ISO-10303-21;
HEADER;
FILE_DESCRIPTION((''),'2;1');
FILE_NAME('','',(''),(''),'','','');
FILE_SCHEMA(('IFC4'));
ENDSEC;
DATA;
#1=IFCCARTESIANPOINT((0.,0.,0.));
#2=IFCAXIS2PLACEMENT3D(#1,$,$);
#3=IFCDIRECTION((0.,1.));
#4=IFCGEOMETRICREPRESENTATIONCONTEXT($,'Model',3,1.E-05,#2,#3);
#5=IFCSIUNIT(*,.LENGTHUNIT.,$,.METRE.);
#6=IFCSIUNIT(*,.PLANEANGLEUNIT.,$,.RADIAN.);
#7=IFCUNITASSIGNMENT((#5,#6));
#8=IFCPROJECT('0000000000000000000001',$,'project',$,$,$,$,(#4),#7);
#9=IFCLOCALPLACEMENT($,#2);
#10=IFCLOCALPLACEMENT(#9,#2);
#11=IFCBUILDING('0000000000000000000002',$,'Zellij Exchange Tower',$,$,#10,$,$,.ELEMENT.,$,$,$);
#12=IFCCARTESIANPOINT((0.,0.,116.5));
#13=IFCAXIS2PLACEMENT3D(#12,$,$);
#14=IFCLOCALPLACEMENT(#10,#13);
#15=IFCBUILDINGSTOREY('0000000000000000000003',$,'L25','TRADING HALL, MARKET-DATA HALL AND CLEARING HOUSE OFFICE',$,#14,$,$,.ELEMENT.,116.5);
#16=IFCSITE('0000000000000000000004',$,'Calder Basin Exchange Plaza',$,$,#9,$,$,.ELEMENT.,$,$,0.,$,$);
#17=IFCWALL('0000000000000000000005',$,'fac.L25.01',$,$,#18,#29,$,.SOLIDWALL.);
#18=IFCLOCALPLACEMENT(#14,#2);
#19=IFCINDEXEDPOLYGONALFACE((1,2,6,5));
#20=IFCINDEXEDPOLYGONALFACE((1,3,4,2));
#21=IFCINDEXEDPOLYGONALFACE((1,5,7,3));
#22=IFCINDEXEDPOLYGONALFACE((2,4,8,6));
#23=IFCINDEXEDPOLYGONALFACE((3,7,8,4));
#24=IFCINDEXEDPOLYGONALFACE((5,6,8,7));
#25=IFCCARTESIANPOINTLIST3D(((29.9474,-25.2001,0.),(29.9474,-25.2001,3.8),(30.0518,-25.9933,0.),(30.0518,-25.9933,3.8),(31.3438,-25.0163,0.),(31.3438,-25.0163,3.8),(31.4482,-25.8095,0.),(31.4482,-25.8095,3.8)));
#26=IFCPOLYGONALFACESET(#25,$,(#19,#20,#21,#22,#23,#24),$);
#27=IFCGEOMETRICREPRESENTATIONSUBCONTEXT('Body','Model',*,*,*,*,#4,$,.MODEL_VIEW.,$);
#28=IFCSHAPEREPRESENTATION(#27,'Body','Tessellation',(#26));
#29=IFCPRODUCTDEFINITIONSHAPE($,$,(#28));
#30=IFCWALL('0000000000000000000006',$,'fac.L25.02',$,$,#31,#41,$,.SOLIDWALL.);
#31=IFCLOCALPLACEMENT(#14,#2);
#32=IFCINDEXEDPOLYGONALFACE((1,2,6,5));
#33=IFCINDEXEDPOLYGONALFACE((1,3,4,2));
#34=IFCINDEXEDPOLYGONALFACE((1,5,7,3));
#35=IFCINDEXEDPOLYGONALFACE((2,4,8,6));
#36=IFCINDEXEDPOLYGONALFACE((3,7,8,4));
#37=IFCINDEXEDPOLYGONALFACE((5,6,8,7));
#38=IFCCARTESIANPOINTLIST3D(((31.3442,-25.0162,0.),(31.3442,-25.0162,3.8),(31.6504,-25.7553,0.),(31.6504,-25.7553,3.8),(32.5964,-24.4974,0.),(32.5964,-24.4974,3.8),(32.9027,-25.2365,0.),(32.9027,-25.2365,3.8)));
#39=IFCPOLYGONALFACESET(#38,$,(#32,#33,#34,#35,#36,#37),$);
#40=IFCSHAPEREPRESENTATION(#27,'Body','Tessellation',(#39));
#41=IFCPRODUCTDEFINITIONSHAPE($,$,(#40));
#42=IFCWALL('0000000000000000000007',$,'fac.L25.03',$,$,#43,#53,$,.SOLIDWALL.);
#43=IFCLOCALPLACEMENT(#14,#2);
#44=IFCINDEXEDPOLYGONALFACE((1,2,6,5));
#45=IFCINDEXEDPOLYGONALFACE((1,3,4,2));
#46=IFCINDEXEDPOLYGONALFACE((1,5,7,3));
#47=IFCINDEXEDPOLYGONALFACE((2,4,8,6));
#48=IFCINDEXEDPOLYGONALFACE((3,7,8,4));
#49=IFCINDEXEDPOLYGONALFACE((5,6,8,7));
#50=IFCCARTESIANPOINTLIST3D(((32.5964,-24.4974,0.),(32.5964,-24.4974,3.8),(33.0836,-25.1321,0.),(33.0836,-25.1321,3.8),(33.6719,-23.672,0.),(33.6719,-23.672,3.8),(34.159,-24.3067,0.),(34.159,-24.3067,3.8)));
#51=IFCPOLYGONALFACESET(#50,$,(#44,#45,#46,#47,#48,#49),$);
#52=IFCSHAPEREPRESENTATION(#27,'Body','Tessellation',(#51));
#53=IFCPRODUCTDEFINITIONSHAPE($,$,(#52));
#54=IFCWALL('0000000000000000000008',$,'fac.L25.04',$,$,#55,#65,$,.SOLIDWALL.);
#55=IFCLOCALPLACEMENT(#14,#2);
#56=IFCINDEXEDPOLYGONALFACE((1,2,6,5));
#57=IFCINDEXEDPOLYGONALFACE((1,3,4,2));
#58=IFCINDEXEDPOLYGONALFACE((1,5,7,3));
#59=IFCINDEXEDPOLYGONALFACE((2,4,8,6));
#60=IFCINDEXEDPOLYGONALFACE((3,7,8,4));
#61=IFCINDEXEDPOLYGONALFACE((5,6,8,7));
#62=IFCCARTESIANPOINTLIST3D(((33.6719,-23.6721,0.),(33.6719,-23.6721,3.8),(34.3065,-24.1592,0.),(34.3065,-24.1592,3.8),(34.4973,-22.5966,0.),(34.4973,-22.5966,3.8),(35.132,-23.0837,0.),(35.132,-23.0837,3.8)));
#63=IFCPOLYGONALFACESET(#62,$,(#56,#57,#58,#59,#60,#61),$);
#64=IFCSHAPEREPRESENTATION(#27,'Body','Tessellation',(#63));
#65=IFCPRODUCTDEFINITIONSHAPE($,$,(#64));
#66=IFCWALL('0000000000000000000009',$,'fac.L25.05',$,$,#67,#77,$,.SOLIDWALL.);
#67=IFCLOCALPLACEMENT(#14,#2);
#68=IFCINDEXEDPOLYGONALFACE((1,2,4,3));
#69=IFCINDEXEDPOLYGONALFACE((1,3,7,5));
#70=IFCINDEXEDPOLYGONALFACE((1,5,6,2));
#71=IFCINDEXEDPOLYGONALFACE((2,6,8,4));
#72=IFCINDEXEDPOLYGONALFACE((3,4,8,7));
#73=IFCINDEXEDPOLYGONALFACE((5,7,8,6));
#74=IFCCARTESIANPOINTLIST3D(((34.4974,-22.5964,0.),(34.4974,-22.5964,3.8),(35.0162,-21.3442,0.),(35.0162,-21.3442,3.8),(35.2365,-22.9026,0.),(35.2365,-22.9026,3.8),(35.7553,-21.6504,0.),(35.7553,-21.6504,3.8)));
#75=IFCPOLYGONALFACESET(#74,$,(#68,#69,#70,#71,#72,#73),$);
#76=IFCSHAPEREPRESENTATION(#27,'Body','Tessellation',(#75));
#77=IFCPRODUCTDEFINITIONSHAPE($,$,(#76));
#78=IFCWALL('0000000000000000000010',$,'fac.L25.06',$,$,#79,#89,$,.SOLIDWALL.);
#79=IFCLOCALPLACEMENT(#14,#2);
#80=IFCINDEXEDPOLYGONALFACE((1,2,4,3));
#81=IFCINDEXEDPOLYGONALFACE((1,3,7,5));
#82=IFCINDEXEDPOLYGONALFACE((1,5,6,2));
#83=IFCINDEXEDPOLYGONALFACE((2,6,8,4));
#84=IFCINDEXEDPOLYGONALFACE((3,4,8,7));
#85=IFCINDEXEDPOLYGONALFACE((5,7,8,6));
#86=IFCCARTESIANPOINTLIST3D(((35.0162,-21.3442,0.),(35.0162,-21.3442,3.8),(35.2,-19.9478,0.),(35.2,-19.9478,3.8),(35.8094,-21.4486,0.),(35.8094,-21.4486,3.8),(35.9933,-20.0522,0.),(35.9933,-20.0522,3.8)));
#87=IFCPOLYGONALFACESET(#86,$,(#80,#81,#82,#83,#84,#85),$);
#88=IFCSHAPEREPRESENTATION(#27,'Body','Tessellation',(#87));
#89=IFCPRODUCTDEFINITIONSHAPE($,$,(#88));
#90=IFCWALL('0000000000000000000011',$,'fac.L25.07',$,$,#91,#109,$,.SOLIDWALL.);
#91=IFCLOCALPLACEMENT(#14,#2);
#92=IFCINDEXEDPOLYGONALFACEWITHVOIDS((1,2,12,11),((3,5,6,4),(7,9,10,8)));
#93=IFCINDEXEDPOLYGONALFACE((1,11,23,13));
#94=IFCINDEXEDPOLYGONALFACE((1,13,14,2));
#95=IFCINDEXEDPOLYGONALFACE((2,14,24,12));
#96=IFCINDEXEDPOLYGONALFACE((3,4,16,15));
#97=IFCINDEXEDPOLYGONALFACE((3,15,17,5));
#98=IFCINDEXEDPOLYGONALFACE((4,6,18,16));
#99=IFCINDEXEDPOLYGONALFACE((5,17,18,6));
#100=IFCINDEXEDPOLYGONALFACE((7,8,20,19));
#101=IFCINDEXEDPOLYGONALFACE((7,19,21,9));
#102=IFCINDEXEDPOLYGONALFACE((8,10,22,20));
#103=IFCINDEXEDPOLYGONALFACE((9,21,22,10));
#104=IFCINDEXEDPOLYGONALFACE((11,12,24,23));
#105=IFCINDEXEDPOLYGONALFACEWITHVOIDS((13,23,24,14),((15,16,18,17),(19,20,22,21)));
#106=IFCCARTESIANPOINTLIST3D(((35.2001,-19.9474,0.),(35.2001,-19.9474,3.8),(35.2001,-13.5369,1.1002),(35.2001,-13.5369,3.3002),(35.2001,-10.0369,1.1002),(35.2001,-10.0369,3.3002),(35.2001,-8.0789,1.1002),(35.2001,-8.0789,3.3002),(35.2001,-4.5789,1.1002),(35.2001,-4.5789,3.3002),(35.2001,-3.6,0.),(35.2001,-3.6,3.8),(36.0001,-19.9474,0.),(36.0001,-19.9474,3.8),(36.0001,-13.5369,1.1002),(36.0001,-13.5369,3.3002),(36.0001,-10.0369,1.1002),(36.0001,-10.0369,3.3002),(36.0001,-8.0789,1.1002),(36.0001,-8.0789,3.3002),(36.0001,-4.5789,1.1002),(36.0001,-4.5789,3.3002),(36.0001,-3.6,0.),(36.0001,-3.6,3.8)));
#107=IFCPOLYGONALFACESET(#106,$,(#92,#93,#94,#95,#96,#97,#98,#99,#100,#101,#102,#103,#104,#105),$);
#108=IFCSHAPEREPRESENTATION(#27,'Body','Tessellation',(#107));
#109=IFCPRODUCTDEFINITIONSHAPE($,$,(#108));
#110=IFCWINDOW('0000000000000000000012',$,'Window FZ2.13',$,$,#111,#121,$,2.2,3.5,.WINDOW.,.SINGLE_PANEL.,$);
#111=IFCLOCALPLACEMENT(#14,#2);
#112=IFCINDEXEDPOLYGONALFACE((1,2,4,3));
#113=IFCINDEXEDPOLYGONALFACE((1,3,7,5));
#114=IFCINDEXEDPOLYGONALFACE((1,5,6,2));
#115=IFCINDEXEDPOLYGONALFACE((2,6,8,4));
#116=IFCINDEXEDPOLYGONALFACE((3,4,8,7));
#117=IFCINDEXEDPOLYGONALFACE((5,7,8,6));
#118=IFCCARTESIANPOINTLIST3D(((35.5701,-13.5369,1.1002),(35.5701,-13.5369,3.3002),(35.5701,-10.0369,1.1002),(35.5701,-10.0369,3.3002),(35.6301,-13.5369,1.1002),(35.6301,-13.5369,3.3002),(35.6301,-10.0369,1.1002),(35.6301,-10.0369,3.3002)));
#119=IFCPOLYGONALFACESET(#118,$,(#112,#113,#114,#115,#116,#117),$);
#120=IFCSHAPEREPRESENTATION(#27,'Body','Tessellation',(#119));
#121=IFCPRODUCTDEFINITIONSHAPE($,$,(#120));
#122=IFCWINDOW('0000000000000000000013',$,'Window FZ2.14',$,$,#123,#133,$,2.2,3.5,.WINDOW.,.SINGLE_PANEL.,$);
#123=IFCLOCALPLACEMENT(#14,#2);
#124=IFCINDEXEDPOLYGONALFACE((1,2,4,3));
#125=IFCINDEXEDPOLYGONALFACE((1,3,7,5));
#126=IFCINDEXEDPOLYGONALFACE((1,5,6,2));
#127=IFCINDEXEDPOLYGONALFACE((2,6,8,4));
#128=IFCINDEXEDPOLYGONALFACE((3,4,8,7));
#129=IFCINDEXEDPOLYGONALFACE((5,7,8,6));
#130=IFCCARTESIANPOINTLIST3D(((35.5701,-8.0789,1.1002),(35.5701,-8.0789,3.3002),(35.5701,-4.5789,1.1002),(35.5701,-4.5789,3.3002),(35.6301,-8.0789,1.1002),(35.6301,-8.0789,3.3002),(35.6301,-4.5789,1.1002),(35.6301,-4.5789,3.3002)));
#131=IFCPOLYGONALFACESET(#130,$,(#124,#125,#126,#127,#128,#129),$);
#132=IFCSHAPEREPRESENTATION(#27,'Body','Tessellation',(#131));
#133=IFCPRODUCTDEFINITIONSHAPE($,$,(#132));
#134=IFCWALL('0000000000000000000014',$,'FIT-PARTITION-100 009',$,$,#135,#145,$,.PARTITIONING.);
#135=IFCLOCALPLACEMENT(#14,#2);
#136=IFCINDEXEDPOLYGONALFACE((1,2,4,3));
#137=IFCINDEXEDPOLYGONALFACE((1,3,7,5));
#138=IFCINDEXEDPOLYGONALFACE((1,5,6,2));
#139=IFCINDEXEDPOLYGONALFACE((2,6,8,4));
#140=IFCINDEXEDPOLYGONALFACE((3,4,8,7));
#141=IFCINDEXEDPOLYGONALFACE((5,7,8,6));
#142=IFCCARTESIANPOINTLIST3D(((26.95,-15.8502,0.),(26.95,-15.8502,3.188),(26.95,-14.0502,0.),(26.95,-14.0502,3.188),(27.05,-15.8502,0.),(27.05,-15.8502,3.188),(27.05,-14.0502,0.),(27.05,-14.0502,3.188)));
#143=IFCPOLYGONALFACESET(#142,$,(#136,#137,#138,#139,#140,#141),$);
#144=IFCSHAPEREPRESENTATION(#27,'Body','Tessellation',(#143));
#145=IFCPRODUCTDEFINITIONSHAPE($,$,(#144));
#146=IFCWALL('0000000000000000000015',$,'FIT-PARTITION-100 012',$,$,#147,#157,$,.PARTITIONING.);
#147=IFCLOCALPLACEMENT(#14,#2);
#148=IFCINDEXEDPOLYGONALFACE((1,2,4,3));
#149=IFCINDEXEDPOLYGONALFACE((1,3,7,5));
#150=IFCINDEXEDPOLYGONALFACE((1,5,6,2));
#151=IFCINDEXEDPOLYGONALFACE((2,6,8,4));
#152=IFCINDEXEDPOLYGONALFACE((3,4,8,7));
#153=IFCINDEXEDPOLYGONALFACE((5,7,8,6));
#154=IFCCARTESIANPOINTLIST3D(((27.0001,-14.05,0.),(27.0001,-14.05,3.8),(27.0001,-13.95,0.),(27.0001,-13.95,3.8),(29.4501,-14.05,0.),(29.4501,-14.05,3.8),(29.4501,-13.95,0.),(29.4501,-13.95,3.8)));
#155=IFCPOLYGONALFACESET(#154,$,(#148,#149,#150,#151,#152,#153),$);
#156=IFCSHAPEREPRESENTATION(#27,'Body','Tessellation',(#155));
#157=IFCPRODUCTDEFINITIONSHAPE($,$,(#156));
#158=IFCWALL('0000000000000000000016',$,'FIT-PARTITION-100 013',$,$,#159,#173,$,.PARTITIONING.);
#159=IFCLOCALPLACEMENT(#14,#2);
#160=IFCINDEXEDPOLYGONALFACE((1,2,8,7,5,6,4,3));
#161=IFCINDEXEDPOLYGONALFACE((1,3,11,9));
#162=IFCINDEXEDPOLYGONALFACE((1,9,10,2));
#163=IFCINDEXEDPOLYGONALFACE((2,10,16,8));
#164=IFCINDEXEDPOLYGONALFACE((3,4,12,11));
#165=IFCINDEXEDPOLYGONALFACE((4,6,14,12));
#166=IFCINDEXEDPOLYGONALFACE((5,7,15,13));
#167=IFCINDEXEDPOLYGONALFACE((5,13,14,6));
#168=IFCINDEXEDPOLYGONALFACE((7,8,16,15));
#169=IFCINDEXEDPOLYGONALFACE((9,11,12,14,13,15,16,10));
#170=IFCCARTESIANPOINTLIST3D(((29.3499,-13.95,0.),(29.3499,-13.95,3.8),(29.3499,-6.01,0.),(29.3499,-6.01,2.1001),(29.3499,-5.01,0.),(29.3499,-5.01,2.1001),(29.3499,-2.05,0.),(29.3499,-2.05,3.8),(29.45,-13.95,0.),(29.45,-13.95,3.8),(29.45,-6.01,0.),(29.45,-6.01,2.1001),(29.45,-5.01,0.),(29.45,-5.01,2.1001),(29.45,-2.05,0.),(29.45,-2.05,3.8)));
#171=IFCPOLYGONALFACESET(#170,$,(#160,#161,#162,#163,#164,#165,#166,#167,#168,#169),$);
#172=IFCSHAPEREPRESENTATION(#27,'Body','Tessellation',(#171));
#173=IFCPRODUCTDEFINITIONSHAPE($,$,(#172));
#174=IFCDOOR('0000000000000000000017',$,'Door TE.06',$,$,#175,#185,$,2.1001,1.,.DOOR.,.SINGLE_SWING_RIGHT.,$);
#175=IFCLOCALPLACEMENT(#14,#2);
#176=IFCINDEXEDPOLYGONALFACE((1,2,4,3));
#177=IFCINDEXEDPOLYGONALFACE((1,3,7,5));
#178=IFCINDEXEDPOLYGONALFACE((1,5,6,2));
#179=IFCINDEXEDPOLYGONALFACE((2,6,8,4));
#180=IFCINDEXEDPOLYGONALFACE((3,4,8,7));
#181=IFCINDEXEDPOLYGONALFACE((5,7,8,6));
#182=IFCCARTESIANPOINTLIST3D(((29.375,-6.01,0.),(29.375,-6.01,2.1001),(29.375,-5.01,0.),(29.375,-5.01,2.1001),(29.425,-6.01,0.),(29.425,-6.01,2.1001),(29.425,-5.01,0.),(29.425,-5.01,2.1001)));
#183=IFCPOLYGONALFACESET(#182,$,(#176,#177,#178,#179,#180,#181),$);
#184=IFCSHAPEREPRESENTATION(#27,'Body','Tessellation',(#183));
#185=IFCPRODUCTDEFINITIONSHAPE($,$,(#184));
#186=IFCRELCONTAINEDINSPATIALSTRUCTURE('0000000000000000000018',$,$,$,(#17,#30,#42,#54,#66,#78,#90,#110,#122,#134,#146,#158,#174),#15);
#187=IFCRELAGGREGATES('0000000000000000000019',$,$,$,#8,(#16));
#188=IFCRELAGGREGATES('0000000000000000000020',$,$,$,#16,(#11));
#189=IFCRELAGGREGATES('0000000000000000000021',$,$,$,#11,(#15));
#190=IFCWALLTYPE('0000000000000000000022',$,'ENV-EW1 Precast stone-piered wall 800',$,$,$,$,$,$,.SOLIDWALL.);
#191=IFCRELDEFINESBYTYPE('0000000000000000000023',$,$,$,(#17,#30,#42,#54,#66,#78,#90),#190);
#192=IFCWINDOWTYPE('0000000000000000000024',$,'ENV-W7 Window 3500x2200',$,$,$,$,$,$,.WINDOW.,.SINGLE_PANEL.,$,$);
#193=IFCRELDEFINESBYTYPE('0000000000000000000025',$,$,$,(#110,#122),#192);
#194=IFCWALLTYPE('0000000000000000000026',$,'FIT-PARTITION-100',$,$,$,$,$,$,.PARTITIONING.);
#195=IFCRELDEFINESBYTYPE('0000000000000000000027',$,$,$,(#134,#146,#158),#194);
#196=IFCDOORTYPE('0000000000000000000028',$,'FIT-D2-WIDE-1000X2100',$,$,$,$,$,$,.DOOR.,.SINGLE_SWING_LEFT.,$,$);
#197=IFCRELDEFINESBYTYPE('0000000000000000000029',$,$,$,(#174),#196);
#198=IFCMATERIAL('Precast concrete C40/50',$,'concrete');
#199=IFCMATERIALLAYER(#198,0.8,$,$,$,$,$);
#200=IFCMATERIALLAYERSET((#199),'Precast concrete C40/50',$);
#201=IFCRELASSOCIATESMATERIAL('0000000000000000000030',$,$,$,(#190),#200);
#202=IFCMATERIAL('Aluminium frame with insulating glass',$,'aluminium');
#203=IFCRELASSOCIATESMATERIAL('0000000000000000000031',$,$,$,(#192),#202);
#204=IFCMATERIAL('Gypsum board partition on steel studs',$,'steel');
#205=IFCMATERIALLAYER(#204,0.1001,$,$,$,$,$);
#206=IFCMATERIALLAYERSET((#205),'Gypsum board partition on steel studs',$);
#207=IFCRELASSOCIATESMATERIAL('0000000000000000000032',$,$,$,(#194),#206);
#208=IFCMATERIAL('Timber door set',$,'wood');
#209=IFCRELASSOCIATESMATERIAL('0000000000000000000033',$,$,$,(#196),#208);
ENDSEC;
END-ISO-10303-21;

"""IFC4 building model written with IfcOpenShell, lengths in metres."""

from ifc_helpers import new_model, si_unit, direction, frame, frame_2d, origin, place, context, subcontext, project, spatial, rectangle, extrude, material, layer, layer_set, type_object, element, fill, save


model = new_model("IFC4")

# Units and contexts
model_context = context("Model", 3, precision=1e-05, world=origin(), true_north=direction((0.0, 1.0)))
body_context = subcontext(model_context, "Body", "Model", "MODEL_VIEW")
ifc_project = project(units=[si_unit("LENGTHUNIT", "METRE"), si_unit("PLANEANGLEUNIT", "RADIAN")], contexts=[model_context])

# Site, building, storey
site_placement = place(None, origin())
site = spatial("IfcSite", under=ifc_project, at=site_placement, Name="Calder Basin Exchange Plaza", CompositionType="ELEMENT", RefElevation=0.0)
building_placement = place(site_placement, origin())
building = spatial("IfcBuilding", under=site, at=building_placement, Name="Zellij Exchange Tower", CompositionType="ELEMENT")
storey_placement = place(building_placement, frame((0.0, 0.0, 116.5)))
storey = spatial("IfcBuildingStorey", under=building, at=storey_placement, Name="L25", Description="TRADING HALL, MARKET-DATA HALL AND CLEARING HOUSE OFFICE", CompositionType="ELEMENT", Elevation=116.5)

# Walls
ifc_material_1 = material(Name="Precast concrete C40/50", Category="concrete")
ifc_layer_1 = layer(ifc_material_1, 0.8)
ifc_layer_set_1 = layer_set([ifc_layer_1], Name="Precast concrete C40/50")
wall_type_1 = type_object("IfcWallType", Name="ENV-EW1 Precast stone-piered wall 800", PredefinedType="SOLIDWALL", material=ifc_layer_set_1)
wall_1_placement = place(storey_placement, frame((29.9998, -25.5967, 0.0), z_axis=(0.0, 0.0, 1.0), x_axis=(0.991446, 0.130517, 0.0)))
element("IfcWall", 1, at=wall_1_placement, inside=storey, type_object=wall_type_1, Name="fac.L25.01", PredefinedType="SOLIDWALL", context=body_context, shape_type="SweptSolid", body=[
    extrude(rectangle(XDim=1.4084, YDim=0.8, at=frame_2d((0.7041, 0.0))), origin(), (0.0, 0.0, 1.0), 3.8),
])
wall_2_placement = place(storey_placement, frame((31.4973, -25.3857, 0.0), z_axis=(0.0, 0.0, 1.0), x_axis=(0.923848, 0.38276, 0.0)))
element("IfcWall", 2, at=wall_2_placement, inside=storey, type_object=wall_type_1, Name="fac.L25.02", PredefinedType="SOLIDWALL", context=body_context, shape_type="SweptSolid", body=[
    extrude(rectangle(XDim=1.3555, YDim=0.8, at=frame_2d((0.6777, 0.0))), origin(), (0.0, 0.0, 1.0), 3.8),
])
for number, where, z_axis, x_axis, name in (
    (3, (32.8401, -24.8147, 0.0), (0.0, 0.0, 1.0), (0.793273, 0.608866, 0.0), "fac.L25.03"),
    (4, (33.9893, -23.9155, 0.0), (0.0, 0.0, 1.0), (0.608866, 0.793273, 0.0), "fac.L25.04"),
):
    element("IfcWall", number, at=place(storey_placement, frame(where, z_axis=z_axis, x_axis=x_axis)), inside=storey, type_object=wall_type_1, Name=name, PredefinedType="SOLIDWALL", context=body_context, shape_type="SweptSolid", body=[
        extrude(rectangle(XDim=1.3557, YDim=0.8, at=frame_2d((0.6777, 0.0))), origin(), (0.0, 0.0, 1.0), 3.8),
    ])
wall_3_placement = place(storey_placement, frame((34.8669, -22.7495, 0.0), z_axis=(0.0, 0.0, 1.0), x_axis=(0.38276, 0.923848, 0.0)))
element("IfcWall", 5, at=wall_3_placement, inside=storey, type_object=wall_type_1, Name="fac.L25.05", PredefinedType="SOLIDWALL", context=body_context, shape_type="SweptSolid", body=[
    extrude(rectangle(XDim=1.3555, YDim=0.8, at=frame_2d((0.6777, 0.0))), origin(), (0.0, 0.0, 1.0), 3.8),
])
wall_4_placement = place(storey_placement, frame((35.4128, -21.3962, 0.0), z_axis=(0.0, 0.0, 1.0), x_axis=(0.130517, 0.991446, 0.0)))
element("IfcWall", 6, at=wall_4_placement, inside=storey, type_object=wall_type_1, Name="fac.L25.06", PredefinedType="SOLIDWALL", context=body_context, shape_type="SweptSolid", body=[
    extrude(rectangle(XDim=1.4084, YDim=0.8, at=frame_2d((0.7041, 0.0))), origin(), (0.0, 0.0, 1.0), 3.8),
])

# Wall, openings, windows
wall_5_placement = place(storey_placement, frame((35.6001, -19.9475, 0.0), z_axis=(0.0, 0.0, 1.0), x_axis=(0.0, 1.0, 0.0)))
wall_5 = element("IfcWall", 7, at=wall_5_placement, inside=storey, type_object=wall_type_1, Name="fac.L25.07", PredefinedType="SOLIDWALL", context=body_context, shape_type="SweptSolid", body=[
    extrude(rectangle(XDim=16.3474, YDim=0.8, at=frame_2d((8.1738, 0.0))), origin(), (0.0, 0.0, 1.0), 3.8),
])
opening_1_placement = place(wall_5_placement, frame((6.4106, 0.0, 1.1001)))
opening_1 = element("IfcOpeningElement", 8, at=opening_1_placement, cuts=wall_5, PredefinedType="OPENING", context=body_context, shape_type="SweptSolid", body=[
    extrude(rectangle(XDim=3.5, YDim=2.2, at=frame_2d((1.75, 1.1001))), frame((0.0, 0.4121, 0.0), z_axis=(0.0, -1.0, 0.0), x_axis=(1.0, 0.0, 0.0)), (0.0, 0.0, 1.0), 0.824),
])
opening_2_placement = place(wall_5_placement, frame((11.8687, 0.0, 1.1001)))
opening_2 = element("IfcOpeningElement", 9, at=opening_2_placement, cuts=wall_5, PredefinedType="OPENING", context=body_context, shape_type="SweptSolid", body=[
    extrude(rectangle(XDim=3.5, YDim=2.2, at=frame_2d((1.75, 1.1001))), frame((0.0, 0.4121, 0.0), z_axis=(0.0, -1.0, 0.0), x_axis=(1.0, 0.0, 0.0)), (0.0, 0.0, 1.0), 0.824),
])
ifc_material_2 = material(Name="Aluminium frame with insulating glass", Category="aluminium")
window_type = type_object("IfcWindowType", Name="ENV-W7 Window 3500x2200", PartitioningType="SINGLE_PANEL", PredefinedType="WINDOW", material=ifc_material_2)
window_1_placement = place(opening_1_placement, origin())
window_1 = element("IfcWindow", 10, at=window_1_placement, inside=storey, type_object=window_type, Name="Window FZ2.13", OverallHeight=2.2, OverallWidth=3.5, PartitioningType="SINGLE_PANEL", PredefinedType="WINDOW", context=body_context, shape_type="SweptSolid", body=[
    extrude(rectangle(XDim=3.5, YDim=2.2, at=frame_2d((1.75, 1.1001))), frame((0.0, 0.03, 0.0), z_axis=(0.0, -1.0, 0.0), x_axis=(1.0, 0.0, 0.0)), (0.0, 0.0, 1.0), 0.0601),
])
fill(opening_1, window_1)
window_2_placement = place(opening_2_placement, origin())
window_2 = element("IfcWindow", 11, at=window_2_placement, inside=storey, type_object=window_type, Name="Window FZ2.14", OverallHeight=2.2, OverallWidth=3.5, PartitioningType="SINGLE_PANEL", PredefinedType="WINDOW", context=body_context, shape_type="SweptSolid", body=[
    extrude(rectangle(XDim=3.5, YDim=2.2, at=frame_2d((1.75, 1.1001))), frame((0.0, 0.03, 0.0), z_axis=(0.0, -1.0, 0.0), x_axis=(1.0, 0.0, 0.0)), (0.0, 0.0, 1.0), 0.0601),
])
fill(opening_2, window_2)

# Walls
ifc_material_3 = material(Name="Gypsum board partition on steel studs", Category="steel")
ifc_layer_2 = layer(ifc_material_3, 0.1001)
ifc_layer_set_2 = layer_set([ifc_layer_2], Name="Gypsum board partition on steel studs")
wall_type_2 = type_object("IfcWallType", Name="FIT-PARTITION-100", PredefinedType="PARTITIONING", material=ifc_layer_set_2)
wall_6_placement = place(storey_placement, frame((27.0, -15.8501, 0.0), z_axis=(0.0, 0.0, 1.0), x_axis=(0.0, 1.0, 0.0)))
element("IfcWall", 12, at=wall_6_placement, inside=storey, type_object=wall_type_2, Name="FIT-PARTITION-100 009", PredefinedType="PARTITIONING", context=body_context, shape_type="SweptSolid", body=[
    extrude(rectangle(XDim=1.8, YDim=0.1001, at=frame_2d((0.8999, 0.0))), origin(), (0.0, 0.0, 1.0), 3.188),
])
wall_7_placement = place(storey_placement, frame((27.0, -14.0, 0.0), z_axis=(0.0, 0.0, 1.0), x_axis=(1.0, 0.0, 0.0)))
element("IfcWall", 13, at=wall_7_placement, inside=storey, type_object=wall_type_2, Name="FIT-PARTITION-100 012", PredefinedType="PARTITIONING", context=body_context, shape_type="SweptSolid", body=[
    extrude(rectangle(XDim=2.45, YDim=0.1001, at=frame_2d((1.2251, 0.0))), origin(), (0.0, 0.0, 1.0), 3.8),
])

# Wall, opening, door
wall_8_placement = place(storey_placement, frame((29.3999, -13.95, 0.0), z_axis=(0.0, 0.0, 1.0), x_axis=(0.0, 1.0, 0.0)))
wall_8 = element("IfcWall", 14, at=wall_8_placement, inside=storey, type_object=wall_type_2, Name="FIT-PARTITION-100 013", PredefinedType="PARTITIONING", context=body_context, shape_type="SweptSolid", body=[
    extrude(rectangle(XDim=11.8999, YDim=0.1001, at=frame_2d((5.95, 0.0))), origin(), (0.0, 0.0, 1.0), 3.8),
])
opening_3_placement = place(wall_8_placement, frame((7.9399, 0.0, 0.0)))
opening_3 = element("IfcOpeningElement", 15, at=opening_3_placement, cuts=wall_8, PredefinedType="OPENING", context=body_context, shape_type="SweptSolid", body=[
    extrude(rectangle(XDim=1.0, YDim=2.1001, at=frame_2d((0.5, 1.05))), frame((0.0, 0.062, 0.0), z_axis=(0.0, -1.0, 0.0), x_axis=(1.0, 0.0, 0.0)), (0.0, 0.0, 1.0), 0.124),
])
ifc_material_4 = material(Name="Timber door set", Category="wood")
door_type = type_object("IfcDoorType", Name="FIT-D2-WIDE-1000X2100", OperationType="SINGLE_SWING_LEFT", PredefinedType="DOOR", material=ifc_material_4)
door_placement = place(opening_3_placement, origin())
door = element("IfcDoor", 16, at=door_placement, inside=storey, type_object=door_type, Name="Door TE.06", OperationType="SINGLE_SWING_RIGHT", OverallHeight=2.1001, OverallWidth=1.0, PredefinedType="DOOR", context=body_context, shape_type="SweptSolid", body=[
    extrude(rectangle(XDim=1.0, YDim=2.1001, at=frame_2d((0.5, 1.05))), frame((0.0, 0.0249, 0.0), z_axis=(0.0, -1.0, 0.0), x_axis=(1.0, 0.0, 0.0)), (0.0, 0.0, 1.0), 0.05),
])
fill(opening_3, door)

save(model, "model.ifc")
